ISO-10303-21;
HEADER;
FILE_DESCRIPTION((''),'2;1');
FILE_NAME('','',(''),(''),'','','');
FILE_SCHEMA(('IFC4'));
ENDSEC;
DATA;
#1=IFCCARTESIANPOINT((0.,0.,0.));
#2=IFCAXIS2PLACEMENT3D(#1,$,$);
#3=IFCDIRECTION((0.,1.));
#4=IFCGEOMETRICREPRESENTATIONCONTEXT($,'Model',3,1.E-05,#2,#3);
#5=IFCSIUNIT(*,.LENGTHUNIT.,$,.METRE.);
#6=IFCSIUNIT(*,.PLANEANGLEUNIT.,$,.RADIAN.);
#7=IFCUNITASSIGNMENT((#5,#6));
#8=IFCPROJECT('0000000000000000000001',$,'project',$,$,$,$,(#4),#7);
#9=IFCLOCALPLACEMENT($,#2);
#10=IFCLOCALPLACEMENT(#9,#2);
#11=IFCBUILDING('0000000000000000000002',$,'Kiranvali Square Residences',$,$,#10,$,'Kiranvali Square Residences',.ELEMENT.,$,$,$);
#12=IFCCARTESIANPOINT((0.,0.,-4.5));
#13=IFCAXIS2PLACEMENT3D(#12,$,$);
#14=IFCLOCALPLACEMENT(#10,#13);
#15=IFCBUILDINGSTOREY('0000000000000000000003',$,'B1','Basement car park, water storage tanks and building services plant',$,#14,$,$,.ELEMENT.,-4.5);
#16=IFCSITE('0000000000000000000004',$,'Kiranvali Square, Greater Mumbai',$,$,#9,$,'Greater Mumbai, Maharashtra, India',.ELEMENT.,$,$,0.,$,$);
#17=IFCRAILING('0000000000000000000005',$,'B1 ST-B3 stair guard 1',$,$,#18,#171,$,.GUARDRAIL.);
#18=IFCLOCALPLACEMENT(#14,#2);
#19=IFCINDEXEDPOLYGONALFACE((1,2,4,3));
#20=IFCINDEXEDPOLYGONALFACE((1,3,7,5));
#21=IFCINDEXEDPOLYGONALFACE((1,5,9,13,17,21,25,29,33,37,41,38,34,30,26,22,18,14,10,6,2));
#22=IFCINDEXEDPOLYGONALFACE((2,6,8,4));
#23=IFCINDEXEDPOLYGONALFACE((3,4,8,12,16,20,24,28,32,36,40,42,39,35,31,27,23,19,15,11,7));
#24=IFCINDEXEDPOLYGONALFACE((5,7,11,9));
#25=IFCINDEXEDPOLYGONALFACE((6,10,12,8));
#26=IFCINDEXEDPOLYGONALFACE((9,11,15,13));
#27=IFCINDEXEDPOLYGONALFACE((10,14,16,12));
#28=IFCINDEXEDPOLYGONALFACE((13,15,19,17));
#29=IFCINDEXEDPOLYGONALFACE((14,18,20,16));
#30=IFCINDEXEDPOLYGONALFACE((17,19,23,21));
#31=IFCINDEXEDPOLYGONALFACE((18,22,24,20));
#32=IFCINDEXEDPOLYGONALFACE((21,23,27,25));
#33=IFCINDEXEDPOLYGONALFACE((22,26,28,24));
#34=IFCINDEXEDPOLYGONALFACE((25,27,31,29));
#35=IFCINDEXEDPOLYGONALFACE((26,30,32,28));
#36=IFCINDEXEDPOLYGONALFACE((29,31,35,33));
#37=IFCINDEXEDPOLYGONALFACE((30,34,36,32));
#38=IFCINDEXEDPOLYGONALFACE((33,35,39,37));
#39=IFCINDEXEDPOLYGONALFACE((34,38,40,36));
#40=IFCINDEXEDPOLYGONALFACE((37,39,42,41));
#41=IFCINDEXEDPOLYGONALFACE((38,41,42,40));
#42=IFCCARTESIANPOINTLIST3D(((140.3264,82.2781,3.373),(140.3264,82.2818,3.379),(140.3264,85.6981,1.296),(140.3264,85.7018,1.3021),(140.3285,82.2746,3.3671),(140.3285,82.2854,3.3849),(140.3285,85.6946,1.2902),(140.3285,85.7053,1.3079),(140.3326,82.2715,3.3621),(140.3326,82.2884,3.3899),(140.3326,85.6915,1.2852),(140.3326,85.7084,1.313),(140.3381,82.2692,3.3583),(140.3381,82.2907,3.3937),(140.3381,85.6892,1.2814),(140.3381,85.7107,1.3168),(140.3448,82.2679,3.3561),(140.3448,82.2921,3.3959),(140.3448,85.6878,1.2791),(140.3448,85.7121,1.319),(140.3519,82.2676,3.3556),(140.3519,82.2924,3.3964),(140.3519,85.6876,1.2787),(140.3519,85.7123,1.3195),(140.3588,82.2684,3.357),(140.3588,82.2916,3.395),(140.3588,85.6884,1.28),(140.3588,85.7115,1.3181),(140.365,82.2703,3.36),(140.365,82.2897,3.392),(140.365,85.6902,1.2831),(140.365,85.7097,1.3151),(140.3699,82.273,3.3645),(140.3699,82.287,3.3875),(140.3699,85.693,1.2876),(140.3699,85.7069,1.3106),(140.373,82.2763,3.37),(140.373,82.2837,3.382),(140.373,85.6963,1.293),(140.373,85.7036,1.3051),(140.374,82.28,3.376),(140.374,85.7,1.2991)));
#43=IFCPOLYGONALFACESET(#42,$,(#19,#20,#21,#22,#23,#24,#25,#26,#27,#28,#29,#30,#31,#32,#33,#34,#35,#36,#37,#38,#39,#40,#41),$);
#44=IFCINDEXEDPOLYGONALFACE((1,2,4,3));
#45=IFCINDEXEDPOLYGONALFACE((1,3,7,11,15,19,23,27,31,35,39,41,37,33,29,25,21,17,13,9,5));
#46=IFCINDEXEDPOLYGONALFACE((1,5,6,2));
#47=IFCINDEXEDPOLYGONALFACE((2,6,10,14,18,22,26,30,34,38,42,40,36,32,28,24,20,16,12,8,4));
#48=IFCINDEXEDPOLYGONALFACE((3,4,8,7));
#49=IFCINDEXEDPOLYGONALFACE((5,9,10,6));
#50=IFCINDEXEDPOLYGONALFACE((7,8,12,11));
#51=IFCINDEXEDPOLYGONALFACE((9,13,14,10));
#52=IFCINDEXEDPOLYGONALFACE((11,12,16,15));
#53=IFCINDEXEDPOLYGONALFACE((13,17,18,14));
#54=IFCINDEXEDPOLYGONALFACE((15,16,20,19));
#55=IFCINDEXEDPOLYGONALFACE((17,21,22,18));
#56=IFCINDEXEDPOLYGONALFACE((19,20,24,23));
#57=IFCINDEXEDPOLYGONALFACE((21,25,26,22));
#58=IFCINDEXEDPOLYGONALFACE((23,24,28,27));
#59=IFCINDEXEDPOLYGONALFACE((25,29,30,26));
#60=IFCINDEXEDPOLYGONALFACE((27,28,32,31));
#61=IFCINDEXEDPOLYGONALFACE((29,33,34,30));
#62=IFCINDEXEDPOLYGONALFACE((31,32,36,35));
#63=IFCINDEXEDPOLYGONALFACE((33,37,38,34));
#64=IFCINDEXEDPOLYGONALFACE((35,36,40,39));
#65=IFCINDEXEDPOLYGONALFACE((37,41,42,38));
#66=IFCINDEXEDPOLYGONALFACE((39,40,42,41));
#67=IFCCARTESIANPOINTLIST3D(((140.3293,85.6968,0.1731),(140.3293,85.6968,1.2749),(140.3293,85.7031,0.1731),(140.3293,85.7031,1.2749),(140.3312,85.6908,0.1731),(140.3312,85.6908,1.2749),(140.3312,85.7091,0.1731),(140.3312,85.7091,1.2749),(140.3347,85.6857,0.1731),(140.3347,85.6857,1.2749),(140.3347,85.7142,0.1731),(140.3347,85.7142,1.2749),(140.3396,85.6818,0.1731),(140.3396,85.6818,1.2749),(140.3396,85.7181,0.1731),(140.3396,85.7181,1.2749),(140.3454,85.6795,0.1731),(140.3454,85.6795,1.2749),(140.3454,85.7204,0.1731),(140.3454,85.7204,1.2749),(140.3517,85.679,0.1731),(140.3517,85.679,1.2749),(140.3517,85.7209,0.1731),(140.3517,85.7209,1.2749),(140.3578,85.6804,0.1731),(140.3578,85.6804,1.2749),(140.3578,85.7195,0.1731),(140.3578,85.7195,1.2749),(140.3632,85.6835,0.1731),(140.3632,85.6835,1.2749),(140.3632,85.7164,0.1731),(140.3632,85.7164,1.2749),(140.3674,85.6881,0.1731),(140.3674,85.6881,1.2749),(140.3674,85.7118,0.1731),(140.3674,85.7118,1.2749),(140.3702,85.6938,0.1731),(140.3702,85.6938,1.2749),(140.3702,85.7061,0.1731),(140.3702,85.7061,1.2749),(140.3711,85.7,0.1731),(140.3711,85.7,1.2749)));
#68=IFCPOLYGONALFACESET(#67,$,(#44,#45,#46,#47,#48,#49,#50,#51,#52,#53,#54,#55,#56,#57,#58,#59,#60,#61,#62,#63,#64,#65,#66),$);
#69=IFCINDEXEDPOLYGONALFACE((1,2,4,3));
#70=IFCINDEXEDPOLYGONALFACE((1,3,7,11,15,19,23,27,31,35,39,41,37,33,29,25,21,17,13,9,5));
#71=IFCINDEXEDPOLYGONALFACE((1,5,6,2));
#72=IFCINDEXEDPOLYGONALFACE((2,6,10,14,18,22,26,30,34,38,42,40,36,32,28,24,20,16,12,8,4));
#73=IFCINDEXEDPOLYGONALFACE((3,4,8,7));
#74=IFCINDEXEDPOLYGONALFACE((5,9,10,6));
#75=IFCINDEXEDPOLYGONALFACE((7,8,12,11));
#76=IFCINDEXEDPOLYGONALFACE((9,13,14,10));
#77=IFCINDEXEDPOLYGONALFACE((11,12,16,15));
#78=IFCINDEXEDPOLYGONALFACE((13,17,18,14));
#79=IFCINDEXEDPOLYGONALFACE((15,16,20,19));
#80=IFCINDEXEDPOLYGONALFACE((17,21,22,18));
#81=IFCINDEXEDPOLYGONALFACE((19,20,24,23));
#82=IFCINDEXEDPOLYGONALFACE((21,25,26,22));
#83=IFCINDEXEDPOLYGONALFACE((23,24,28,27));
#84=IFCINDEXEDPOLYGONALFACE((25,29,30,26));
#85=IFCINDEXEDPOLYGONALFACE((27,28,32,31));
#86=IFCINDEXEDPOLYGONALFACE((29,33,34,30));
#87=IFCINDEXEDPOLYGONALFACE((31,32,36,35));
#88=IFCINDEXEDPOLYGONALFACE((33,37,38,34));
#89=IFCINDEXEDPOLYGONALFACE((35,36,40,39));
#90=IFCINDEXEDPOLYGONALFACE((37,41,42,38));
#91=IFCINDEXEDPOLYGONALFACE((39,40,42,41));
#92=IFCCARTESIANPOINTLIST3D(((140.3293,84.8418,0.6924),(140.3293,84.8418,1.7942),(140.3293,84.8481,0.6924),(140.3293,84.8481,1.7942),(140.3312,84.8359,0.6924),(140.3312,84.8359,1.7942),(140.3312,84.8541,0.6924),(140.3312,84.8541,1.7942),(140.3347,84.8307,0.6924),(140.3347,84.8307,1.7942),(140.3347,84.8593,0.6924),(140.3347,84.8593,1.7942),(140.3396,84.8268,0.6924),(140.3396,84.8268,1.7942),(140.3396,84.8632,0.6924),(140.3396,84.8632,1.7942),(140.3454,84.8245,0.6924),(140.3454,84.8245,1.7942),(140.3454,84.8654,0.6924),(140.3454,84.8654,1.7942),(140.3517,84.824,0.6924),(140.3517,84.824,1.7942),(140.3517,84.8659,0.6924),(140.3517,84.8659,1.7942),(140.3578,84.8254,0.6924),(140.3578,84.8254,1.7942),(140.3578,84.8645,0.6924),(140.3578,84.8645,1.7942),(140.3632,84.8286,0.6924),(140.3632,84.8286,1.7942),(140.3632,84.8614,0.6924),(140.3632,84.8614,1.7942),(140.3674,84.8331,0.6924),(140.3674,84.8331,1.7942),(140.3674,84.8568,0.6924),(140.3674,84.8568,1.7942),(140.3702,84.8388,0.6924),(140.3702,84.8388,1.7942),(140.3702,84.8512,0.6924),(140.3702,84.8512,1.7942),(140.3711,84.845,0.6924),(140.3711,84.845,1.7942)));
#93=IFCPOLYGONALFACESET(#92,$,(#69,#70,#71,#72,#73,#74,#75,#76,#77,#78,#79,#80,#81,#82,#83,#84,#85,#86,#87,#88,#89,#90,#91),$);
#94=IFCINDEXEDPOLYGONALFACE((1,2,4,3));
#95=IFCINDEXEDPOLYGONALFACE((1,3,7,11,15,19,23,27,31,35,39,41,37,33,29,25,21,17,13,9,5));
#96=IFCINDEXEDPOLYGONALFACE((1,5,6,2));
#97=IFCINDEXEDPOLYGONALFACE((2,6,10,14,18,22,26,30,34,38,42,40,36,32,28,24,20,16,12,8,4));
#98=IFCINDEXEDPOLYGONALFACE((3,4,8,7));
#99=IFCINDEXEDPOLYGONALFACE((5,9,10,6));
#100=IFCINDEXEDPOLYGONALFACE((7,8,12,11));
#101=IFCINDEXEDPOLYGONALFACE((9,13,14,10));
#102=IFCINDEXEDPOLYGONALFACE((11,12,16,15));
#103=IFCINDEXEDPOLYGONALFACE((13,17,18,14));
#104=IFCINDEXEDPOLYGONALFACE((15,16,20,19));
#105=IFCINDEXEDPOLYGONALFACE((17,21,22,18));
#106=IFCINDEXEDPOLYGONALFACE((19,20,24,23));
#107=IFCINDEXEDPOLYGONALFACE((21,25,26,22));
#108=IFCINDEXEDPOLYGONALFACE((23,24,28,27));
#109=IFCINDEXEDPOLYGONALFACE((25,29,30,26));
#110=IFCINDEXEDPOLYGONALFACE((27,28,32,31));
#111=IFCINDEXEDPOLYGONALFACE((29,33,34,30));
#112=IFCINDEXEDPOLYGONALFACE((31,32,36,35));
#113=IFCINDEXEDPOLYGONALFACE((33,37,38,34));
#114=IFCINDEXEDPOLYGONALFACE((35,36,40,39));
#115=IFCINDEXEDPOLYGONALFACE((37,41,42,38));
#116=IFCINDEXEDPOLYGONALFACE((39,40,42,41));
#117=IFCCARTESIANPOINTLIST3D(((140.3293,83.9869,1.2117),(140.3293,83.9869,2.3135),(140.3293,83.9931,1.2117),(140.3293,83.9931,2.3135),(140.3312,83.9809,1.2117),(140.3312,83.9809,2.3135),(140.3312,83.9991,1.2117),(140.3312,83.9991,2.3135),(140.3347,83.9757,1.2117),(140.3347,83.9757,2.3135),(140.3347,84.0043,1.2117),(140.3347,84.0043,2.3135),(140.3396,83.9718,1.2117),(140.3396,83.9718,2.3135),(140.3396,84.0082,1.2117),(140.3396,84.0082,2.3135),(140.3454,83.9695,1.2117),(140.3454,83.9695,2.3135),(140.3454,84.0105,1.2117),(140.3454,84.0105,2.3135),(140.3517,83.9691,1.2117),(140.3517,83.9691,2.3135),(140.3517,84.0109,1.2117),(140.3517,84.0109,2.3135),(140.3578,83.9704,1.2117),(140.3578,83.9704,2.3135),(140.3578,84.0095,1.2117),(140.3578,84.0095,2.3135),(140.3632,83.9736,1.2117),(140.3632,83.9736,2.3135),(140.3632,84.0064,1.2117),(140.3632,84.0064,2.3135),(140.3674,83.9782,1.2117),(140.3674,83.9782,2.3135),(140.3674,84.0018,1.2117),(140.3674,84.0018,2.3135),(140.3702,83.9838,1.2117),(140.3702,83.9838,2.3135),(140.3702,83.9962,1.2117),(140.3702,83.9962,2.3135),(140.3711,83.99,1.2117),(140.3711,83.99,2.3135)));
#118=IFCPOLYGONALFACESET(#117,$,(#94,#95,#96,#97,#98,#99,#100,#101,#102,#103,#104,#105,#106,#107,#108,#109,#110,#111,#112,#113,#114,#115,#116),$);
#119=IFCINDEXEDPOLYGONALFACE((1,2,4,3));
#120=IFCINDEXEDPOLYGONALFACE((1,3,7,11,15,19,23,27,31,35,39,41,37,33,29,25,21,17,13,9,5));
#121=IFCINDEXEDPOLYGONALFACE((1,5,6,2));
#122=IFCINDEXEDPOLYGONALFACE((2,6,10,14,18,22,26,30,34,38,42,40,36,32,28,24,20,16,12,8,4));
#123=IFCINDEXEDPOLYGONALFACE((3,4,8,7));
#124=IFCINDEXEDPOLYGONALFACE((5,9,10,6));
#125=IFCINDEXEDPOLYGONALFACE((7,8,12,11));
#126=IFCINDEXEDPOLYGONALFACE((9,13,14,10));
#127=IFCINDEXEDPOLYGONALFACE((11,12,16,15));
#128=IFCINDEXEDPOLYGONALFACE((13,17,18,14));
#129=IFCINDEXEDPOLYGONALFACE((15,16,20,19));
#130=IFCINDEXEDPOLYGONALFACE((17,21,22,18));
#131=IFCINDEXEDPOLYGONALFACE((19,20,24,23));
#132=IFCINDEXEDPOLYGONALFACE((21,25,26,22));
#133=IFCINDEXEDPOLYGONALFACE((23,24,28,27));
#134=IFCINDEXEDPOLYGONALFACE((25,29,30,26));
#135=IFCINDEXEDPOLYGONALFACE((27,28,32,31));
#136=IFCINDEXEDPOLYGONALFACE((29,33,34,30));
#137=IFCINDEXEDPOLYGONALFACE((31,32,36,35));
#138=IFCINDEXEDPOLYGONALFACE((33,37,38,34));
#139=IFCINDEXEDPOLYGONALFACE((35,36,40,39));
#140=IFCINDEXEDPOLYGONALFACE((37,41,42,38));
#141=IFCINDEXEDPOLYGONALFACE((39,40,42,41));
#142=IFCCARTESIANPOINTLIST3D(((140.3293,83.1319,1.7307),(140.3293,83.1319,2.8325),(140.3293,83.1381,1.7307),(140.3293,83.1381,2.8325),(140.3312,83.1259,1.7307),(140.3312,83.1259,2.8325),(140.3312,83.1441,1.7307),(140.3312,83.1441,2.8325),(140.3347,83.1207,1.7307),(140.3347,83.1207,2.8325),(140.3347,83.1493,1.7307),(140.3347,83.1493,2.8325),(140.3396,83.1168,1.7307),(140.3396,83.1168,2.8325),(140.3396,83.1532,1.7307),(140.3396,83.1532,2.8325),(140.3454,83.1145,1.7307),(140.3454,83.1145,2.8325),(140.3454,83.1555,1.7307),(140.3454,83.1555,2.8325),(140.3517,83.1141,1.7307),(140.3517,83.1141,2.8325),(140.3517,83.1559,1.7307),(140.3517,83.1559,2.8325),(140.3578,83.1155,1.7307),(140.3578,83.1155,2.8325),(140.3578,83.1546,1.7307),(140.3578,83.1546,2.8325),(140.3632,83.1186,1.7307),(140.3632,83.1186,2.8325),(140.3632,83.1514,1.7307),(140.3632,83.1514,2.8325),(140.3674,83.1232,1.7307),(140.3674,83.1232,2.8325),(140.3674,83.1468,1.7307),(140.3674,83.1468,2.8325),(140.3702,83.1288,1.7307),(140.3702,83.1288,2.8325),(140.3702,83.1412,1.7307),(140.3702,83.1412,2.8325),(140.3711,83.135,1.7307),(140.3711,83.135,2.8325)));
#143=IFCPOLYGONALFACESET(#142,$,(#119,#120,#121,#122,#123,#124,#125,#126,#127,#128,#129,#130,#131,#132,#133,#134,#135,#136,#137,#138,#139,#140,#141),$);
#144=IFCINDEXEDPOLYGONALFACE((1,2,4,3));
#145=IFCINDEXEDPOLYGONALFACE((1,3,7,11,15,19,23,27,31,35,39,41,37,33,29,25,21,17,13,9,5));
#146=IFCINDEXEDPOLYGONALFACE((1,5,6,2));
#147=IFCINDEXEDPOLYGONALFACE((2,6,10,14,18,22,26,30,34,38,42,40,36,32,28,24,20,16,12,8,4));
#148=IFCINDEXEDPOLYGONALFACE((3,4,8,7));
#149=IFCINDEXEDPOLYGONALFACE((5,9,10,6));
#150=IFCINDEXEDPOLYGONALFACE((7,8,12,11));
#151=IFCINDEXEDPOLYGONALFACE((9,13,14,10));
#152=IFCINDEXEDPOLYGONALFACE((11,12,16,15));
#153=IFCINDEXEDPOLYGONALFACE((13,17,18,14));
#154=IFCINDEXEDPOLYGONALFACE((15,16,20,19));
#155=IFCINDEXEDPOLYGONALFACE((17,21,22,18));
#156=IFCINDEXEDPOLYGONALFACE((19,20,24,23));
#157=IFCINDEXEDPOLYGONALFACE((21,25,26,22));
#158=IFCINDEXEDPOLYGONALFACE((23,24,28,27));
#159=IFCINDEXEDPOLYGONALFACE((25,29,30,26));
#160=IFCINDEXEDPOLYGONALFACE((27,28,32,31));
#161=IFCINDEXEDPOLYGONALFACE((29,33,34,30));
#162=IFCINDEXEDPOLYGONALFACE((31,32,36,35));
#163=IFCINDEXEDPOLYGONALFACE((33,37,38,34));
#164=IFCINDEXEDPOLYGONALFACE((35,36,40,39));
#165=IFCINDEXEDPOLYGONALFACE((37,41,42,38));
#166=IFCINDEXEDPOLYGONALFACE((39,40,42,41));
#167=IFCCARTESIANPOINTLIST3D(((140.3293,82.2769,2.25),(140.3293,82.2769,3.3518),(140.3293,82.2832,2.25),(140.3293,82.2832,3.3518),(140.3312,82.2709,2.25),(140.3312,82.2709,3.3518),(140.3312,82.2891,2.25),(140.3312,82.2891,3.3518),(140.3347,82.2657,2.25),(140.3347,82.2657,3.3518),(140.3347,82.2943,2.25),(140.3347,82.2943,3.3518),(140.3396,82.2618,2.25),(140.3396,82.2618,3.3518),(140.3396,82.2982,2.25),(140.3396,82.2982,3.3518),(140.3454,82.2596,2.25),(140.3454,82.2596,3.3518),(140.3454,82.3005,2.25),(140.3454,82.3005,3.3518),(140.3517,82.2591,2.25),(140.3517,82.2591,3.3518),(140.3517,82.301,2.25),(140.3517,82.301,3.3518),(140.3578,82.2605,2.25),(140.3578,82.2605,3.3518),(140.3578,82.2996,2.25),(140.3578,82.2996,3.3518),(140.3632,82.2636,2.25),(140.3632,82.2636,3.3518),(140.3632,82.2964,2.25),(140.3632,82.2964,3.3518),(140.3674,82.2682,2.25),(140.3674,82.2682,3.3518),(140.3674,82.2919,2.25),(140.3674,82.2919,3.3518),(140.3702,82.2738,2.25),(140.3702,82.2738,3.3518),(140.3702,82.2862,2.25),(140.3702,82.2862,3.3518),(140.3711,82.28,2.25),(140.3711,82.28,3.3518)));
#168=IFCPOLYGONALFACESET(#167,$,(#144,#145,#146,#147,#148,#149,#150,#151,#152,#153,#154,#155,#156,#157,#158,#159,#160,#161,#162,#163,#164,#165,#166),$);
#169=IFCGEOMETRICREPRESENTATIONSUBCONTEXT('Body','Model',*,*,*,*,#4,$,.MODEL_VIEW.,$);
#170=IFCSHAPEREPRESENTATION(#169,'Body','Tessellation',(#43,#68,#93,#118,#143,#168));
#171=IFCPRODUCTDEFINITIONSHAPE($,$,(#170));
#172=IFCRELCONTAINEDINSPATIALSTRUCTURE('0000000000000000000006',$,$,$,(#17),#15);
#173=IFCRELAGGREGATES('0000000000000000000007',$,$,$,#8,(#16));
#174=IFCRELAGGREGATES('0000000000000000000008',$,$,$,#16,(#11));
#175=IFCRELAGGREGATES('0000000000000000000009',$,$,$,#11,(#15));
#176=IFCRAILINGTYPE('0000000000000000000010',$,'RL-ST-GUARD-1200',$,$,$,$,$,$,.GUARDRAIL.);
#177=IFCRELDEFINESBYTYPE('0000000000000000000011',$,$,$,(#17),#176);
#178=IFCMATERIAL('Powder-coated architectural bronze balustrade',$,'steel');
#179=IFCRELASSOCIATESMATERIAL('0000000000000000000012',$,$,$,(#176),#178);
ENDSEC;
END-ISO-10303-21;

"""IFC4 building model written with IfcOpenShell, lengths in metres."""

from ifc_helpers import new_model, si_unit, direction, frame, origin, origin_2d, place, context, subcontext, project, spatial, circle, extrude, material, type_object, element, save


model = new_model("IFC4")

# Units and contexts
model_context = context("Model", 3, precision=1e-05, world=origin(), true_north=direction((0.0, 1.0)))
body_context = subcontext(model_context, "Body", "Model", "MODEL_VIEW")
ifc_project = project(units=[si_unit("LENGTHUNIT", "METRE"), si_unit("PLANEANGLEUNIT", "RADIAN")], contexts=[model_context])

# Site, building, storey
site_placement = place(None, origin())
site = spatial("IfcSite", under=ifc_project, at=site_placement, Name="Kiranvali Square, Greater Mumbai", LongName="Greater Mumbai, Maharashtra, India", CompositionType="ELEMENT", RefElevation=0.0)
building_placement = place(site_placement, origin())
building = spatial("IfcBuilding", under=site, at=building_placement, Name="Kiranvali Square Residences", LongName="Kiranvali Square Residences", CompositionType="ELEMENT")
storey_placement = place(building_placement, frame((0.0, 0.0, -4.5)))
storey = spatial("IfcBuildingStorey", under=building, at=storey_placement, Name="B1", Description="Basement car park, water storage tanks and building services plant", CompositionType="ELEMENT", Elevation=-4.5)

# Railing
ifc_material_1 = material(Name="Powder-coated architectural bronze balustrade", Category="steel")
railing_type_1 = type_object("IfcRailingType", Name="RL-ST-GUARD-1200", PredefinedType="GUARDRAIL", material=ifc_material_1)
railing_1_placement = place(storey_placement, frame((140.3501, 85.7, 0.1731)))
element("IfcRailing", 1, at=railing_1_placement, inside=storey, type_object=railing_type_1, Name="B1 ST-B3 stair guard 1", PredefinedType="GUARDRAIL", context=body_context, shape_type="SweptSolid", body=[
    extrude(circle(Radius=0.0239, at=origin_2d()), frame((0.0, 0.0, 1.126), z_axis=(0.0, -0.85473, 0.519074), x_axis=(1.0, 0.0, 0.0)), (0.0, 0.0, 1.0), 4.0012),
    extrude(circle(Radius=0.021, at=origin_2d()), origin(), (0.0, 0.0, 1.0), 1.1018),
    extrude(circle(Radius=0.021, at=origin_2d()), frame((0.0, -0.855, 0.5193)), (0.0, 0.0, 1.0), 1.1018),
    extrude(circle(Radius=0.021, at=origin_2d()), frame((0.0, -1.71, 1.0386)), (0.0, 0.0, 1.0), 1.1018),
    extrude(circle(Radius=0.021, at=origin_2d()), frame((0.0, -2.5649, 1.5576)), (0.0, 0.0, 1.0), 1.1018),
    extrude(circle(Radius=0.021, at=origin_2d()), frame((0.0, -3.4199, 2.0769)), (0.0, 0.0, 1.0), 1.1018),
])

save(model, "model.ifc")
